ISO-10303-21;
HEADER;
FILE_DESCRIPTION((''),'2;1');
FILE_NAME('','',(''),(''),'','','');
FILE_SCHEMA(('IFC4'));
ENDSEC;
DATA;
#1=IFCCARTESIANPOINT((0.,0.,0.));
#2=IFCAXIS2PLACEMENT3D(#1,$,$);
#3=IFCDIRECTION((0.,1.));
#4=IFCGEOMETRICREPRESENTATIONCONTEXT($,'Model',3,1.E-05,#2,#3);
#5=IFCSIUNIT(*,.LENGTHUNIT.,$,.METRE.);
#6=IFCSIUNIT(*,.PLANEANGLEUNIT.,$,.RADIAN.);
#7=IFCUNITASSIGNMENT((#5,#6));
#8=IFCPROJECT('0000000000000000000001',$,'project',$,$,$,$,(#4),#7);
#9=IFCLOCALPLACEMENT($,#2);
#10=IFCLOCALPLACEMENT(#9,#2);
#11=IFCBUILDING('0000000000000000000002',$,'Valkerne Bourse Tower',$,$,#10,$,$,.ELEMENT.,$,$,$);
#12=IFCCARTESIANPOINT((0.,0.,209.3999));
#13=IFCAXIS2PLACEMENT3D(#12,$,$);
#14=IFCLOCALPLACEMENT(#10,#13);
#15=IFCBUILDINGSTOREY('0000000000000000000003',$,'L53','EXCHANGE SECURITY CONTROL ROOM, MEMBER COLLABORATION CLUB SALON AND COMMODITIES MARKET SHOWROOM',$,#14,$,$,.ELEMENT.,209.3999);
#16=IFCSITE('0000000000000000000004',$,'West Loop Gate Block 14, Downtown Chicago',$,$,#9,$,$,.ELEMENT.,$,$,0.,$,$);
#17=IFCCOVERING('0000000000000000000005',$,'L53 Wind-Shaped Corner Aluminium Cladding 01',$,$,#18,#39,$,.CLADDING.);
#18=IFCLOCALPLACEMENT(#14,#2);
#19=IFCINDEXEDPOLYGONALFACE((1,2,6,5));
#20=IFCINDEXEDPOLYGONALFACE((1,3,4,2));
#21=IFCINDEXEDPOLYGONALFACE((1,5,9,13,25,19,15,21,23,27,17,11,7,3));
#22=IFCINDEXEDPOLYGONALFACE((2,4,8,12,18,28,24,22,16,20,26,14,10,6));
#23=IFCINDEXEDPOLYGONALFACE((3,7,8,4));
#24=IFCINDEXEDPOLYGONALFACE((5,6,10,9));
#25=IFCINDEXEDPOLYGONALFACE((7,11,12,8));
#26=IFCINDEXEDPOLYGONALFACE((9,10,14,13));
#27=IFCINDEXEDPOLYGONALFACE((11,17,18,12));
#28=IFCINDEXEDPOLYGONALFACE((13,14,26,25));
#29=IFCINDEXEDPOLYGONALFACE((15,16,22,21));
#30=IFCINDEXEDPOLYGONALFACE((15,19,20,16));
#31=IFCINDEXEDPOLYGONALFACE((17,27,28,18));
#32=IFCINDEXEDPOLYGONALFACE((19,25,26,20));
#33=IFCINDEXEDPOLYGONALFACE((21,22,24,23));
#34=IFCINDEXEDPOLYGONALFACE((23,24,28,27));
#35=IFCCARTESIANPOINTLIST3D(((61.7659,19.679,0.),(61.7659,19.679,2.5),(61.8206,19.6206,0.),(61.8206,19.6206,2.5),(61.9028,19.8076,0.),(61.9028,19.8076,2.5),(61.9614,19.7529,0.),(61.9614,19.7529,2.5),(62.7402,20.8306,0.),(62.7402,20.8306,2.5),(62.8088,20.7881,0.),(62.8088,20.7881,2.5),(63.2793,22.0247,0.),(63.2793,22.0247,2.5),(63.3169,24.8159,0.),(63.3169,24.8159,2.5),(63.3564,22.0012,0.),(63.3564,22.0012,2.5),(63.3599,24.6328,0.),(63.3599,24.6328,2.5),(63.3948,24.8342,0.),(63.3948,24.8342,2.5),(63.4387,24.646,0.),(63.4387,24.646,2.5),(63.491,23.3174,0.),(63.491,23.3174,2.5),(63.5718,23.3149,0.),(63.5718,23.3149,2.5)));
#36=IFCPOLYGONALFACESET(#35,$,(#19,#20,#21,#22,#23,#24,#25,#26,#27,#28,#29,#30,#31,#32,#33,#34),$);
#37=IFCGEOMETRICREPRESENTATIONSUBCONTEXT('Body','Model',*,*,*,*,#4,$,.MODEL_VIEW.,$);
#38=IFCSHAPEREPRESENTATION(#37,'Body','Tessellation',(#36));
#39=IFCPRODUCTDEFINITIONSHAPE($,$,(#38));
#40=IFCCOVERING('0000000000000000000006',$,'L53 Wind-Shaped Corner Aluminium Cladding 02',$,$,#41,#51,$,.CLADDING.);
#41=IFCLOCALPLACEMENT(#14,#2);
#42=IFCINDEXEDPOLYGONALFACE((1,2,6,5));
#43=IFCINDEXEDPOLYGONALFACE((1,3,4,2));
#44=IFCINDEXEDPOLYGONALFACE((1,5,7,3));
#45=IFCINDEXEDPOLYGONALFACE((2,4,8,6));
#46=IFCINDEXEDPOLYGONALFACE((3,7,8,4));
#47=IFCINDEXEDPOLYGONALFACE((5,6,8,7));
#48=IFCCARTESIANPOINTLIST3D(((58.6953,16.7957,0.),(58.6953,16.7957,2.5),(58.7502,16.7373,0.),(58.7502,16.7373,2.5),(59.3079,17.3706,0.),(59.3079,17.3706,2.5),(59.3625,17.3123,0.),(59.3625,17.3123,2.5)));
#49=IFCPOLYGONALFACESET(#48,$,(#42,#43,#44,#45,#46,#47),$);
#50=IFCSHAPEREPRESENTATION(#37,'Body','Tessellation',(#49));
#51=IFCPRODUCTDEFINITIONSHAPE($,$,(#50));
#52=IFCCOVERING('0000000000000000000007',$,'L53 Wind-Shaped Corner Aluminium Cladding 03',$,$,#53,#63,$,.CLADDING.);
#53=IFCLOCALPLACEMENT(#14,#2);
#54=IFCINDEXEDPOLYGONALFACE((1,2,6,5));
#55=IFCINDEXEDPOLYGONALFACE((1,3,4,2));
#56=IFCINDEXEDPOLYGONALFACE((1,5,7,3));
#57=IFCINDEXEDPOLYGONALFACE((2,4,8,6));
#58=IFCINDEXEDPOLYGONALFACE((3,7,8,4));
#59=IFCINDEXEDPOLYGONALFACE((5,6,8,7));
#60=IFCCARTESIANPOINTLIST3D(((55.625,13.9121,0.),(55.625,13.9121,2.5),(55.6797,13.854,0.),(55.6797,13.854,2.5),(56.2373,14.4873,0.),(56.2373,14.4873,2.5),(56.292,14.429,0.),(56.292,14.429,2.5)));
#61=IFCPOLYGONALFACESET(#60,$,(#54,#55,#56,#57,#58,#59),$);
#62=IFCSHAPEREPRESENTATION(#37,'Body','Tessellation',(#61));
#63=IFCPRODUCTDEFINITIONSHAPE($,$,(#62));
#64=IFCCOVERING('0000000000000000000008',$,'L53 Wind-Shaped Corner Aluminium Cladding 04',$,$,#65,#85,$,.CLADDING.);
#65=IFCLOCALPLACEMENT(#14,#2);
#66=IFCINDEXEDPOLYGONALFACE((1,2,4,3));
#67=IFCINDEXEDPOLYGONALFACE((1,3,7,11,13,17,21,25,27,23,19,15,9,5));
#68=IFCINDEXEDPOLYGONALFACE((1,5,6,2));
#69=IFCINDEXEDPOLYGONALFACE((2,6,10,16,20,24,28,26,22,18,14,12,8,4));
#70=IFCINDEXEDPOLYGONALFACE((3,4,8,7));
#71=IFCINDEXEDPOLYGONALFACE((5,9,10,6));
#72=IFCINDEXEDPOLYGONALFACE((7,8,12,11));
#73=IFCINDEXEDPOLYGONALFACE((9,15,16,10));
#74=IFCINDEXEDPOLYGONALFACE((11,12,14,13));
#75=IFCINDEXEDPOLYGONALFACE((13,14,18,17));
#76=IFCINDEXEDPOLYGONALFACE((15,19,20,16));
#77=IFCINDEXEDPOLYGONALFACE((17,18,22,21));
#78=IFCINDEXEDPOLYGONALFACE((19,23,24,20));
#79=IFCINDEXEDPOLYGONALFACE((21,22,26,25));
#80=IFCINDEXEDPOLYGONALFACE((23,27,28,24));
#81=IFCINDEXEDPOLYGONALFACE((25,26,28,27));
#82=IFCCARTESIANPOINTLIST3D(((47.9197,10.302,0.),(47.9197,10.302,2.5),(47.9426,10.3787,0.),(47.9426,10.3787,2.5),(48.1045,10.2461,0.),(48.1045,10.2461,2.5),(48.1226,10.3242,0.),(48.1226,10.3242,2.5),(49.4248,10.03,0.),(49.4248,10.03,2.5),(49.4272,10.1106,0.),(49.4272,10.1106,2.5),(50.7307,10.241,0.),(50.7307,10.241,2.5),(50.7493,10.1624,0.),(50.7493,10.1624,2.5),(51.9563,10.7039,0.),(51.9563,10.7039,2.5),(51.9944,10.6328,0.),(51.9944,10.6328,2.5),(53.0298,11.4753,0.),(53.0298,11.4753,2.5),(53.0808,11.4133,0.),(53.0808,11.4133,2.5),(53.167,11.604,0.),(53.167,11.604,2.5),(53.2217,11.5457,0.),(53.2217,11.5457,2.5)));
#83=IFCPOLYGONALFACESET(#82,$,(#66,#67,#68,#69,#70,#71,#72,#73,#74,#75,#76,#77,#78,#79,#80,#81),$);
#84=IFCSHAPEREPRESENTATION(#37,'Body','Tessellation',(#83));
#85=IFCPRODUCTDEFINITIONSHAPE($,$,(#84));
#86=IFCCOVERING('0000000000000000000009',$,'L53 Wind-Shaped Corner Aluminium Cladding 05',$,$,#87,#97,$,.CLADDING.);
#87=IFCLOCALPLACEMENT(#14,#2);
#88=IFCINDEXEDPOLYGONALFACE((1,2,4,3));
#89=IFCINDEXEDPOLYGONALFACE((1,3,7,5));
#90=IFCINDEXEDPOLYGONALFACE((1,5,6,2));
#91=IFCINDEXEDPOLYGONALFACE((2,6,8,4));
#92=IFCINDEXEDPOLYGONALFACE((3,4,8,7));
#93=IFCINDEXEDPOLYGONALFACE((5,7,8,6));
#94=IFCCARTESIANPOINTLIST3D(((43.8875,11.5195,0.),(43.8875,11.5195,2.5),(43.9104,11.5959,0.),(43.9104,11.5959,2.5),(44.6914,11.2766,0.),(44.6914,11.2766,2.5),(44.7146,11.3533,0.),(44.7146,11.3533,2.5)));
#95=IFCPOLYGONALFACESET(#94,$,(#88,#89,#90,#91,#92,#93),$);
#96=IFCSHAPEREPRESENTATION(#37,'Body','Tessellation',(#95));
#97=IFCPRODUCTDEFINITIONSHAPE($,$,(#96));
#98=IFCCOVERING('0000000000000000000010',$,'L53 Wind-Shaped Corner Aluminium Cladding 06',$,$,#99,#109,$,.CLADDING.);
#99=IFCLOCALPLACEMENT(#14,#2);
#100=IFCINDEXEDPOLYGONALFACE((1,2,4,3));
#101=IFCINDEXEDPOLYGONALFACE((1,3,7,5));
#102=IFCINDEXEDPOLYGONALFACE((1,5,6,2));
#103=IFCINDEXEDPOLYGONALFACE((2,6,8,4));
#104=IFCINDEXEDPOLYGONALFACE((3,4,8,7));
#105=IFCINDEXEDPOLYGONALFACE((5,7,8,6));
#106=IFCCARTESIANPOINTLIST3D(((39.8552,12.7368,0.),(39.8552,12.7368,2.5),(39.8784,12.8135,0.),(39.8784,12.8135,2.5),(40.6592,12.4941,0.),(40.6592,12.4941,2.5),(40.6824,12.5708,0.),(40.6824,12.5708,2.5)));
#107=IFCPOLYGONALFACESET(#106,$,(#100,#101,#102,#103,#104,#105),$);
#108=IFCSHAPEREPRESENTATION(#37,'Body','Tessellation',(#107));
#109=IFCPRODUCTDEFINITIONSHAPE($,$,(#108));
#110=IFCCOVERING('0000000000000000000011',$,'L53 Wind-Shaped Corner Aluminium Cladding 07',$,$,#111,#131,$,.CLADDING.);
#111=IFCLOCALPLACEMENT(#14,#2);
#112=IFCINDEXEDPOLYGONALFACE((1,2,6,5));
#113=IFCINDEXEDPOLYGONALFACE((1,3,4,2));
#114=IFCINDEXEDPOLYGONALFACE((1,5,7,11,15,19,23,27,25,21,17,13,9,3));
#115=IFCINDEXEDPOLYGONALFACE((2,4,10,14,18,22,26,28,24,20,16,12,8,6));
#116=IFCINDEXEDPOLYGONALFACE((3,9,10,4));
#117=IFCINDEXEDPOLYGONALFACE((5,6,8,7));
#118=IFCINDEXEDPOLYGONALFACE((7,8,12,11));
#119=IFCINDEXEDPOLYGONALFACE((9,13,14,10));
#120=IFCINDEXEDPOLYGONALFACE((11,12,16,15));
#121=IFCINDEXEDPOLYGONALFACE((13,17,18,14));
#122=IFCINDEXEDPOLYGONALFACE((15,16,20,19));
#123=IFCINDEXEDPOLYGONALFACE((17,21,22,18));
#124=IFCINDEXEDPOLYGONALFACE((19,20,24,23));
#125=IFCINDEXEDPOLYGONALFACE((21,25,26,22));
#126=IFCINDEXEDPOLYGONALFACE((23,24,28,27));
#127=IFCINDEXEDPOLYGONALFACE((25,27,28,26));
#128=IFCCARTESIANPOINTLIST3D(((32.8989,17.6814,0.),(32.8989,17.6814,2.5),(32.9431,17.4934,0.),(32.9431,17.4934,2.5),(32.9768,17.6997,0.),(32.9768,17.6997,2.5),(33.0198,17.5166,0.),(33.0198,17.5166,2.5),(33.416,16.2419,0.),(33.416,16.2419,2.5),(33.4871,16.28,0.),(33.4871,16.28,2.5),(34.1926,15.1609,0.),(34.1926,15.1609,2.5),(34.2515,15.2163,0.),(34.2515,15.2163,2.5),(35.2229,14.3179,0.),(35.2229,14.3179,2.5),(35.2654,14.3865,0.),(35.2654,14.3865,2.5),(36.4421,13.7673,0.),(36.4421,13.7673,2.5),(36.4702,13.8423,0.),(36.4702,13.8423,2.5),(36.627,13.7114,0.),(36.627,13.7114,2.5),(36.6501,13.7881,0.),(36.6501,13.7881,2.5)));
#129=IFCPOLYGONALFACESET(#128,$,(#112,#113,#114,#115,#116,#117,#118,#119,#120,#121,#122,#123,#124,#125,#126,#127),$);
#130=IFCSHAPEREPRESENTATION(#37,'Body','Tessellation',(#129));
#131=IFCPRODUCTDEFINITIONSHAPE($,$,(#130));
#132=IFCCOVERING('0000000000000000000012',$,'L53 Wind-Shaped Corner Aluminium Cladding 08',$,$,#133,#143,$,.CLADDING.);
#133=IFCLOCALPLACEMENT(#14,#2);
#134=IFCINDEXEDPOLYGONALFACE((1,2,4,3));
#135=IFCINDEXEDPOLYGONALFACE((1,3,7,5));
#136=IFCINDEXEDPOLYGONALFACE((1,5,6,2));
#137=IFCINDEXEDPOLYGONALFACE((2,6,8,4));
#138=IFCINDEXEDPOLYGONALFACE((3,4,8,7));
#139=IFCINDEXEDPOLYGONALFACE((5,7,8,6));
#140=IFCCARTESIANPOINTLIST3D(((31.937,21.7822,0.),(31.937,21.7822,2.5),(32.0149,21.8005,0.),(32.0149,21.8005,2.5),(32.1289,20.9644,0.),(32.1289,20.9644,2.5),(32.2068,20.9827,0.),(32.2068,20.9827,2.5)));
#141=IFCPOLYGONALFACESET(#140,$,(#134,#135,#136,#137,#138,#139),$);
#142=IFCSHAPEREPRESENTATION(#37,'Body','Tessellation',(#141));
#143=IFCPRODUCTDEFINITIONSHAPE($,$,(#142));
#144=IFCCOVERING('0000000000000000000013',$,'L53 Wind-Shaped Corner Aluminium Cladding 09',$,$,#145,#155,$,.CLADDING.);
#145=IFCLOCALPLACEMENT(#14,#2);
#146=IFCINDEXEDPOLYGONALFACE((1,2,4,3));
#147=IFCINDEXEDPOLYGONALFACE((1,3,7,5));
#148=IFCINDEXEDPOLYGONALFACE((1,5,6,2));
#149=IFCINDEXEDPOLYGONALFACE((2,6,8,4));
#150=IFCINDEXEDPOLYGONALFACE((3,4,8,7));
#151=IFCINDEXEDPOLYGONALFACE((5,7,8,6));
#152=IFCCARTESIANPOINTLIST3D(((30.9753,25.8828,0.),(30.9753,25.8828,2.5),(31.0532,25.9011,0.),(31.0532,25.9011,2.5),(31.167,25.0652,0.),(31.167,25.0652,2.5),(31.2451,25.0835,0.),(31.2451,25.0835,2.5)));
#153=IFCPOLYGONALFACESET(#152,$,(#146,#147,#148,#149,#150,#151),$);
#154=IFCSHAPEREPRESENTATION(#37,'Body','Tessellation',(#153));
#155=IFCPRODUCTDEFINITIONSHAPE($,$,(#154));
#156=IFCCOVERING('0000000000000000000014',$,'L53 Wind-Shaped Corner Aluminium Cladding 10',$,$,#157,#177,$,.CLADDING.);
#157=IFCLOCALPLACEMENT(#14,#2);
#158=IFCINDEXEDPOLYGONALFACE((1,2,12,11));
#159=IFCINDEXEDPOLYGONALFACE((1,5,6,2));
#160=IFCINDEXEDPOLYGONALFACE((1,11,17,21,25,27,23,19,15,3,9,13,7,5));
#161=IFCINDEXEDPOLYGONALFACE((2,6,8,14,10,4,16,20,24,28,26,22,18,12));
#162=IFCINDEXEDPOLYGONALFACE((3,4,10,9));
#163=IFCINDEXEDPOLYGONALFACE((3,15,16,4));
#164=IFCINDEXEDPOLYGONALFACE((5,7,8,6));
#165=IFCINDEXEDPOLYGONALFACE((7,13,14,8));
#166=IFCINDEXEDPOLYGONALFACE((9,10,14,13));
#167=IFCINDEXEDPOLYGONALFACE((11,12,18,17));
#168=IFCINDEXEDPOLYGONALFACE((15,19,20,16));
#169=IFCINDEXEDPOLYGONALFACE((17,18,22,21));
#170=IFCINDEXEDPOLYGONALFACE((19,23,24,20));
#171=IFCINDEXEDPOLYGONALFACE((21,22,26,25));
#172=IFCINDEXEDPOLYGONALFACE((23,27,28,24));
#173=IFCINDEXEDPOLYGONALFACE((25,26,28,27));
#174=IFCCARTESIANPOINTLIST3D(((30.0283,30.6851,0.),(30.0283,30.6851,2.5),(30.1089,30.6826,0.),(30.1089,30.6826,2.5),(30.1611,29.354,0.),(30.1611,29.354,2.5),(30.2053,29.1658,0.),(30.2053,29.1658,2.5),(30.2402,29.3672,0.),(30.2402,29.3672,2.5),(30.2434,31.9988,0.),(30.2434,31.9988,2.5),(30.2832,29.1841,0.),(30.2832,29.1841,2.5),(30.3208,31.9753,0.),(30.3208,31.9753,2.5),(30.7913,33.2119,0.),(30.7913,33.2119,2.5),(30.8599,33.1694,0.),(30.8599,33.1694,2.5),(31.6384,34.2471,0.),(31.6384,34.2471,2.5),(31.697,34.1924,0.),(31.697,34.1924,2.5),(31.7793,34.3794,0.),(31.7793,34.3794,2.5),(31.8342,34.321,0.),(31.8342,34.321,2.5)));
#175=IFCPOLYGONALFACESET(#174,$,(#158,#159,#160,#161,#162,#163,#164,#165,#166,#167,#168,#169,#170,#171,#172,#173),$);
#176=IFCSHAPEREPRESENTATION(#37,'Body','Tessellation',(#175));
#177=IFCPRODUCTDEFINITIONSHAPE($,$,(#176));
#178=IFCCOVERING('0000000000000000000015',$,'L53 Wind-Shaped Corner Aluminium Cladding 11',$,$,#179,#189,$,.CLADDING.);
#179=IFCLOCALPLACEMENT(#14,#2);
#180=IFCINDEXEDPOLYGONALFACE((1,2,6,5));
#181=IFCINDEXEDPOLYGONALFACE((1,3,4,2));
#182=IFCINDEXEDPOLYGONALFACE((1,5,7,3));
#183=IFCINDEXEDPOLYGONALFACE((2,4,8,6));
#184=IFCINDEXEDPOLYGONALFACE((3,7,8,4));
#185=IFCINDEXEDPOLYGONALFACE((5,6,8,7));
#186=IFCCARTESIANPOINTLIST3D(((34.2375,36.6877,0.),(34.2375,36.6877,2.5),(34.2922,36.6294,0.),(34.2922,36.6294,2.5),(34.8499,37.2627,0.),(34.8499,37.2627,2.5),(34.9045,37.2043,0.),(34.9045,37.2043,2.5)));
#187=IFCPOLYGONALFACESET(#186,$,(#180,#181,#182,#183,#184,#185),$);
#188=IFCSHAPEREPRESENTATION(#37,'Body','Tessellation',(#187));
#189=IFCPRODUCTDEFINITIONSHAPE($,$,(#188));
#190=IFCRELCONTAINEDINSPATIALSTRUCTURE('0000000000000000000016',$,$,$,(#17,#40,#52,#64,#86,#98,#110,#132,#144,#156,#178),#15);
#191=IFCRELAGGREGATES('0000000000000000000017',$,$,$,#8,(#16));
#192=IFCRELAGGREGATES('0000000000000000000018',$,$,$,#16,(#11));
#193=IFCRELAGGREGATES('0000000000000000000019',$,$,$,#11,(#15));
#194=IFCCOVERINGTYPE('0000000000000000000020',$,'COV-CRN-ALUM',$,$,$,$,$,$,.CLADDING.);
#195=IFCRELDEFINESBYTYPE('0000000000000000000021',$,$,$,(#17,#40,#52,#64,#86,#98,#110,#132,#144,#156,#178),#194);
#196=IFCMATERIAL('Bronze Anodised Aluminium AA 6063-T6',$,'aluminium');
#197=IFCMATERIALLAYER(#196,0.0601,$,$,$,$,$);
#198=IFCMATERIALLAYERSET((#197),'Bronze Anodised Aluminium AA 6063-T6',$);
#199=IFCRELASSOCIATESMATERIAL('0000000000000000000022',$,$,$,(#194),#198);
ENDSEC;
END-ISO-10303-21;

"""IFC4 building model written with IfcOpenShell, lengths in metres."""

from ifc_helpers import new_model, si_unit, direction, frame, origin, place, context, subcontext, project, spatial, polyline, outline, extrude, material, layer, layer_set, type_object, element, save


model = new_model("IFC4")

# Units and contexts
model_context = context("Model", 3, precision=1e-05, world=origin(), true_north=direction((0.0, 1.0)))
body_context = subcontext(model_context, "Body", "Model", "MODEL_VIEW")
ifc_project = project(units=[si_unit("LENGTHUNIT", "METRE"), si_unit("PLANEANGLEUNIT", "RADIAN")], contexts=[model_context])

# Site, building, storey
site_placement = place(None, origin())
site = spatial("IfcSite", under=ifc_project, at=site_placement, Name="West Loop Gate Block 14, Downtown Chicago", CompositionType="ELEMENT", RefElevation=0.0)
building_placement = place(site_placement, origin())
building = spatial("IfcBuilding", under=site, at=building_placement, Name="Valkerne Bourse Tower", CompositionType="ELEMENT")
storey_placement = place(building_placement, frame((0.0, 0.0, 209.3999)))
storey = spatial("IfcBuildingStorey", under=building, at=storey_placement, Name="L53", Description="EXCHANGE SECURITY CONTROL ROOM, MEMBER COLLABORATION CLUB SALON AND COMMODITIES MARKET SHOWROOM", CompositionType="ELEMENT", Elevation=209.3999)

# Coverings
ifc_material_1 = material(Name="Bronze Anodised Aluminium AA 6063-T6", Category="aluminium")
ifc_layer_1 = layer(ifc_material_1, 0.0601)
ifc_layer_set_1 = layer_set([ifc_layer_1], Name="Bronze Anodised Aluminium AA 6063-T6")
covering_type = type_object("IfcCoveringType", Name="COV-CRN-ALUM", PredefinedType="CLADDING", material=ifc_layer_set_1)
covering_1_placement = place(storey_placement, origin())
element("IfcCovering", 1, at=covering_1_placement, inside=storey, type_object=covering_type, Name="L53 Wind-Shaped Corner Aluminium Cladding 01", PredefinedType="CLADDING", context=body_context, shape_type="SweptSolid", body=[
    extrude(outline(polyline([(63.5718, 23.3149), (63.3564, 22.0012), (62.8088, 20.7881), (61.9614, 19.7529), (61.8206, 19.6206), (61.7659, 19.679), (61.9028, 19.8076), (62.7402, 20.8306), (63.2793, 22.0247), (63.491, 23.3174), (63.3599, 24.6328), (63.3169, 24.8159), (63.3948, 24.8342), (63.4387, 24.646), (63.5718, 23.3149)])), origin(), (0.0, 0.0, 1.0), 2.5),
])
covering_2_placement = place(storey_placement, origin())
element("IfcCovering", 2, at=covering_2_placement, inside=storey, type_object=covering_type, Name="L53 Wind-Shaped Corner Aluminium Cladding 02", PredefinedType="CLADDING", context=body_context, shape_type="SweptSolid", body=[
    extrude(outline(polyline([(58.7502, 16.7373), (58.6953, 16.7957), (59.3079, 17.3706), (59.3625, 17.3123), (58.7502, 16.7373)])), origin(), (0.0, 0.0, 1.0), 2.5),
])
covering_3_placement = place(storey_placement, origin())
element("IfcCovering", 3, at=covering_3_placement, inside=storey, type_object=covering_type, Name="L53 Wind-Shaped Corner Aluminium Cladding 03", PredefinedType="CLADDING", context=body_context, shape_type="SweptSolid", body=[
    extrude(outline(polyline([(55.6797, 13.854), (55.625, 13.9121), (56.2373, 14.4873), (56.292, 14.429), (55.6797, 13.854)])), origin(), (0.0, 0.0, 1.0), 2.5),
])
covering_4_placement = place(storey_placement, origin())
element("IfcCovering", 4, at=covering_4_placement, inside=storey, type_object=covering_type, Name="L53 Wind-Shaped Corner Aluminium Cladding 04", PredefinedType="CLADDING", context=body_context, shape_type="SweptSolid", body=[
    extrude(outline(polyline([(53.0808, 11.4133), (51.9944, 10.6328), (50.7493, 10.1624), (49.4248, 10.03), (48.1045, 10.2461), (47.9197, 10.302), (47.9426, 10.3787), (48.1226, 10.3242), (49.4272, 10.1106), (50.7307, 10.241), (51.9563, 10.7039), (53.0298, 11.4753), (53.167, 11.604), (53.2217, 11.5457), (53.0808, 11.4133)])), origin(), (0.0, 0.0, 1.0), 2.5),
])
covering_5_placement = place(storey_placement, origin())
element("IfcCovering", 5, at=covering_5_placement, inside=storey, type_object=covering_type, Name="L53 Wind-Shaped Corner Aluminium Cladding 05", PredefinedType="CLADDING", context=body_context, shape_type="SweptSolid", body=[
    extrude(outline(polyline([(43.8875, 11.5195), (43.9104, 11.5959), (44.7146, 11.3533), (44.6914, 11.2766), (43.8875, 11.5195)])), origin(), (0.0, 0.0, 1.0), 2.5),
])
covering_6_placement = place(storey_placement, origin())
element("IfcCovering", 6, at=covering_6_placement, inside=storey, type_object=covering_type, Name="L53 Wind-Shaped Corner Aluminium Cladding 06", PredefinedType="CLADDING", context=body_context, shape_type="SweptSolid", body=[
    extrude(outline(polyline([(39.8552, 12.7368), (39.8784, 12.8135), (40.6824, 12.5708), (40.6592, 12.4941), (39.8552, 12.7368)])), origin(), (0.0, 0.0, 1.0), 2.5),
])
covering_7_placement = place(storey_placement, origin())
element("IfcCovering", 7, at=covering_7_placement, inside=storey, type_object=covering_type, Name="L53 Wind-Shaped Corner Aluminium Cladding 07", PredefinedType="CLADDING", context=body_context, shape_type="SweptSolid", body=[
    extrude(outline(polyline([(36.4421, 13.7673), (35.2229, 14.3179), (34.1926, 15.1609), (33.416, 16.2419), (32.9431, 17.4934), (32.8989, 17.6814), (32.9768, 17.6997), (33.0198, 17.5166), (33.4871, 16.28), (34.2515, 15.2163), (35.2654, 14.3865), (36.4702, 13.8423), (36.6501, 13.7881), (36.627, 13.7114), (36.4421, 13.7673)])), origin(), (0.0, 0.0, 1.0), 2.5),
])
covering_8_placement = place(storey_placement, origin())
element("IfcCovering", 8, at=covering_8_placement, inside=storey, type_object=covering_type, Name="L53 Wind-Shaped Corner Aluminium Cladding 08", PredefinedType="CLADDING", context=body_context, shape_type="SweptSolid", body=[
    extrude(outline(polyline([(31.937, 21.7822), (32.0149, 21.8005), (32.2068, 20.9827), (32.1289, 20.9644), (31.937, 21.7822)])), origin(), (0.0, 0.0, 1.0), 2.5),
])
covering_9_placement = place(storey_placement, origin())
element("IfcCovering", 9, at=covering_9_placement, inside=storey, type_object=covering_type, Name="L53 Wind-Shaped Corner Aluminium Cladding 09", PredefinedType="CLADDING", context=body_context, shape_type="SweptSolid", body=[
    extrude(outline(polyline([(30.9753, 25.8828), (31.0532, 25.9011), (31.2451, 25.0835), (31.167, 25.0652), (30.9753, 25.8828)])), origin(), (0.0, 0.0, 1.0), 2.5),
])
covering_10_placement = place(storey_placement, origin())
element("IfcCovering", 10, at=covering_10_placement, inside=storey, type_object=covering_type, Name="L53 Wind-Shaped Corner Aluminium Cladding 10", PredefinedType="CLADDING", context=body_context, shape_type="SweptSolid", body=[
    extrude(outline(polyline([(30.1611, 29.354), (30.0283, 30.6851), (30.2434, 31.9988), (30.7913, 33.2119), (31.6384, 34.2471), (31.7793, 34.3794), (31.8342, 34.321), (31.697, 34.1924), (30.8599, 33.1694), (30.3208, 31.9753), (30.1089, 30.6826), (30.2402, 29.3672), (30.2832, 29.1841), (30.2053, 29.1658), (30.1611, 29.354)])), origin(), (0.0, 0.0, 1.0), 2.5),
])
covering_11_placement = place(storey_placement, origin())
element("IfcCovering", 11, at=covering_11_placement, inside=storey, type_object=covering_type, Name="L53 Wind-Shaped Corner Aluminium Cladding 11", PredefinedType="CLADDING", context=body_context, shape_type="SweptSolid", body=[
    extrude(outline(polyline([(34.8499, 37.2627), (34.9045, 37.2043), (34.2922, 36.6294), (34.2375, 36.6877), (34.8499, 37.2627)])), origin(), (0.0, 0.0, 1.0), 2.5),
])

save(model, "model.ifc")
